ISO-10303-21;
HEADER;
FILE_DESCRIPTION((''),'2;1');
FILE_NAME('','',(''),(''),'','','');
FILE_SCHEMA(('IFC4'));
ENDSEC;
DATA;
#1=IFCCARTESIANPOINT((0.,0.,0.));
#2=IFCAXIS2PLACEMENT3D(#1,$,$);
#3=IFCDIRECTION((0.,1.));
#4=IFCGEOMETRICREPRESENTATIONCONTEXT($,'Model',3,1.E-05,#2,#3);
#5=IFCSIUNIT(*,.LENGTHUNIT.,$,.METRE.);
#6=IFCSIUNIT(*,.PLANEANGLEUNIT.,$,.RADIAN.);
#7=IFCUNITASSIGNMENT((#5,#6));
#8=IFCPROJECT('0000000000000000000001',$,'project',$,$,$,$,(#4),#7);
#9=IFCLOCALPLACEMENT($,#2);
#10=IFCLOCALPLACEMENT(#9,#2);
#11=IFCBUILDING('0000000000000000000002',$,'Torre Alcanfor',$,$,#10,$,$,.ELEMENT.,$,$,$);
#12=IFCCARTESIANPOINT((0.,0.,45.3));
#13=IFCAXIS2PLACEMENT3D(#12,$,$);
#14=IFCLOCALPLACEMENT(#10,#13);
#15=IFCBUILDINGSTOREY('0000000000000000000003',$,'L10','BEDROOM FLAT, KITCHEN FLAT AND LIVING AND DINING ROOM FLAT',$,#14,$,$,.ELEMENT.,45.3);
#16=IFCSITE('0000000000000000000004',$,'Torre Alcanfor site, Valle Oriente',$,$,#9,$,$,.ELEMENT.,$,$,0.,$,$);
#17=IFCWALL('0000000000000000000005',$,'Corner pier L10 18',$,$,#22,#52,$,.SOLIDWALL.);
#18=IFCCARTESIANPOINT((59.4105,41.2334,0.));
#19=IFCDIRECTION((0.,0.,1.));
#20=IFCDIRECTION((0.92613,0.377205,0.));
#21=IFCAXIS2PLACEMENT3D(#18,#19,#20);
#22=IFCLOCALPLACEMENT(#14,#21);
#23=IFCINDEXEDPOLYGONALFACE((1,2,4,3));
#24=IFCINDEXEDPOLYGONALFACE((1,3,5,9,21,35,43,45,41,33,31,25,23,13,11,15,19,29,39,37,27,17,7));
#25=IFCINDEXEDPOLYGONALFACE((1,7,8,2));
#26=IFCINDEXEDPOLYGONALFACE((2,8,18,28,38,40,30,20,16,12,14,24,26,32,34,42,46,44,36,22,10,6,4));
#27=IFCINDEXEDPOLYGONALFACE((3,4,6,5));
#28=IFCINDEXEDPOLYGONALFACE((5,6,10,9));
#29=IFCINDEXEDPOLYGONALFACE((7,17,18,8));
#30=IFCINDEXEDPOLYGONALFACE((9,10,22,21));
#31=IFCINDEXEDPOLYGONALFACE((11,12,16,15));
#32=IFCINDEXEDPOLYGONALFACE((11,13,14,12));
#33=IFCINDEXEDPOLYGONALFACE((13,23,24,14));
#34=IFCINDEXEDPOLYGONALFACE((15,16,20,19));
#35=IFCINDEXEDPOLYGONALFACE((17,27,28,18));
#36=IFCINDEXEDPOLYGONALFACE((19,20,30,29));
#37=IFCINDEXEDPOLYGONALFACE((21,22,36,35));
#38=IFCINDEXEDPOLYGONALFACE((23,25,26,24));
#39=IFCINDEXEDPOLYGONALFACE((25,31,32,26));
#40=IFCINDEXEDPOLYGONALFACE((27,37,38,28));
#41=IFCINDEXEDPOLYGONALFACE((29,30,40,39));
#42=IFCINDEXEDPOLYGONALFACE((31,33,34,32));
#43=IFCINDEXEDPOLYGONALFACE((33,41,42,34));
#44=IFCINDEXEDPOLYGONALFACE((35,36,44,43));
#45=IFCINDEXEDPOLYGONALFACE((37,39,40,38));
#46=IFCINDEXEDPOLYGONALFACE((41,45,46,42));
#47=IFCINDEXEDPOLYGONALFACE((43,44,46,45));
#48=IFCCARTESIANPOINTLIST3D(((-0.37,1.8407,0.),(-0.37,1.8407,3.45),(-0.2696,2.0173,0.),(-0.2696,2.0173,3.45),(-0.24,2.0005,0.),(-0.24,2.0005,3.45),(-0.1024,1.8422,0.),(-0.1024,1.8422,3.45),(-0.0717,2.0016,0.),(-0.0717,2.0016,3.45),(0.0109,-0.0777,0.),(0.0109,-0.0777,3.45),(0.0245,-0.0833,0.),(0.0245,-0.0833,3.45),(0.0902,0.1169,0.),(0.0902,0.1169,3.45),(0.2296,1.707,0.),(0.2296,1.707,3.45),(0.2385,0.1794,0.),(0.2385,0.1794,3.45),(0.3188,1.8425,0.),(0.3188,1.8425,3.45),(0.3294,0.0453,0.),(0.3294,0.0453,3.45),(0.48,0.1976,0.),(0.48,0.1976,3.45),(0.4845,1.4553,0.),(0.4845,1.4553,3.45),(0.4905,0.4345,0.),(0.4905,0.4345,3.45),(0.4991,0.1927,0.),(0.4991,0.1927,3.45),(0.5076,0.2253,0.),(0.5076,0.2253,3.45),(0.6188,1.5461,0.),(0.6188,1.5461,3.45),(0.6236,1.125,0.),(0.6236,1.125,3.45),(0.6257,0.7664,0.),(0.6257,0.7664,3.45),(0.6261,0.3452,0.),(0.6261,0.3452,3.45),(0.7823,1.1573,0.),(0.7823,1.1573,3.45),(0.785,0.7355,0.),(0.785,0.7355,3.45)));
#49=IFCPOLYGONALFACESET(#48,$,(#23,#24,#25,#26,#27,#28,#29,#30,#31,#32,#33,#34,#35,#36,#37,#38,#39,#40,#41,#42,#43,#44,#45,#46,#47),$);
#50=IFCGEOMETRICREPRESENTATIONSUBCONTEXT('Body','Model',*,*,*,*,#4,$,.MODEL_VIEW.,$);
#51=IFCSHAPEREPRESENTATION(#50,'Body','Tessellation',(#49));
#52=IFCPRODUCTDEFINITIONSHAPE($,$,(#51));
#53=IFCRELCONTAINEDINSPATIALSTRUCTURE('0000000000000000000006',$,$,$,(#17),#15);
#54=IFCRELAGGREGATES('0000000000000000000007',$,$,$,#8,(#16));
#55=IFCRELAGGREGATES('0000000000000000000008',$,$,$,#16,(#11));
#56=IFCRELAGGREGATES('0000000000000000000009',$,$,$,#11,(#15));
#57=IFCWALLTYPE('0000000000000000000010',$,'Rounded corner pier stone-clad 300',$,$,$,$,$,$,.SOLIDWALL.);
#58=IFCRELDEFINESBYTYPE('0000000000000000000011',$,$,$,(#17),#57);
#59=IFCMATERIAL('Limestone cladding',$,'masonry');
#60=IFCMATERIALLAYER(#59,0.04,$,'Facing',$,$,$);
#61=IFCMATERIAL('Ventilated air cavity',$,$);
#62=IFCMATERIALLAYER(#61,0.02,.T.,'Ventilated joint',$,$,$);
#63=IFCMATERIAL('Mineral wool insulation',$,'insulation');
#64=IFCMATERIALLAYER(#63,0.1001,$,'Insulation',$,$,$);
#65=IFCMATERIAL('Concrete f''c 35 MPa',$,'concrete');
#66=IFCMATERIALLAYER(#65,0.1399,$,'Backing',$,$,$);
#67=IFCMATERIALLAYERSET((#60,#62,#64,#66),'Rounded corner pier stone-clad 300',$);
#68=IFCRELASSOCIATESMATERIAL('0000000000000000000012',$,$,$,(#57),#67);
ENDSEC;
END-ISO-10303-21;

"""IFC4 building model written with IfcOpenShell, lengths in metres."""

from ifc_helpers import new_model, si_unit, direction, frame, origin, place, context, subcontext, project, spatial, polyline, outline, extrude, material, layer, layer_set, type_object, element, save


model = new_model("IFC4")

# Units and contexts
model_context = context("Model", 3, precision=1e-05, world=origin(), true_north=direction((0.0, 1.0)))
body_context = subcontext(model_context, "Body", "Model", "MODEL_VIEW")
ifc_project = project(units=[si_unit("LENGTHUNIT", "METRE"), si_unit("PLANEANGLEUNIT", "RADIAN")], contexts=[model_context])

# Site, building, storey
site_placement = place(None, origin())
site = spatial("IfcSite", under=ifc_project, at=site_placement, Name="Torre Alcanfor site, Valle Oriente", CompositionType="ELEMENT", RefElevation=0.0)
building_placement = place(site_placement, origin())
building = spatial("IfcBuilding", under=site, at=building_placement, Name="Torre Alcanfor", CompositionType="ELEMENT")
storey_placement = place(building_placement, frame((0.0, 0.0, 45.3)))
storey = spatial("IfcBuildingStorey", under=building, at=storey_placement, Name="L10", Description="BEDROOM FLAT, KITCHEN FLAT AND LIVING AND DINING ROOM FLAT", CompositionType="ELEMENT", Elevation=45.3)

# Wall
ifc_material_1 = material(Name="Limestone cladding", Category="masonry")
ifc_layer_1 = layer(ifc_material_1, 0.04, Name="Facing")
ifc_material_2 = material(Name="Ventilated air cavity")
ifc_layer_2 = layer(ifc_material_2, 0.02, ventilated=True, Name="Ventilated joint")
ifc_material_3 = material(Name="Mineral wool insulation", Category="insulation")
ifc_layer_3 = layer(ifc_material_3, 0.1001, Name="Insulation")
ifc_material_4 = material(Name="Concrete f'c 35 MPa", Category="concrete")
ifc_layer_4 = layer(ifc_material_4, 0.1399, Name="Backing")
ifc_layer_set_1 = layer_set([ifc_layer_1, ifc_layer_2, ifc_layer_3, ifc_layer_4], Name="Rounded corner pier stone-clad 300")
wall_type_1 = type_object("IfcWallType", Name="Rounded corner pier stone-clad 300", PredefinedType="SOLIDWALL", material=ifc_layer_set_1)
wall_1_placement = place(storey_placement, frame((59.4105, 41.2334, 0.0), z_axis=(0.0, 0.0, 1.0), x_axis=(0.92613, 0.377205, 0.0)))
element("IfcWall", 1, at=wall_1_placement, inside=storey, type_object=wall_type_1, Name="Corner pier L10 18", PredefinedType="SOLIDWALL", context=body_context, shape_type="SweptSolid", body=[
    extrude(outline(polyline([(0.6261, 0.3452), (0.785, 0.7355), (0.7823, 1.1573), (0.6188, 1.5461), (0.3188, 1.8425), (-0.0717, 2.0016), (-0.24, 2.0005), (-0.2696, 2.0173), (-0.37, 1.8407), (-0.1024, 1.8422), (0.2296, 1.707), (0.4845, 1.4553), (0.6236, 1.125), (0.6257, 0.7664), (0.4905, 0.4345), (0.2385, 0.1794), (0.0902, 0.1169), (0.0109, -0.0777), (0.0245, -0.0833), (0.3294, 0.0453), (0.48, 0.1976), (0.4991, 0.1927), (0.5076, 0.2253), (0.6261, 0.3452)])), origin(), (0.0, 0.0, 1.0), 3.45),
])

save(model, "model.ifc")
